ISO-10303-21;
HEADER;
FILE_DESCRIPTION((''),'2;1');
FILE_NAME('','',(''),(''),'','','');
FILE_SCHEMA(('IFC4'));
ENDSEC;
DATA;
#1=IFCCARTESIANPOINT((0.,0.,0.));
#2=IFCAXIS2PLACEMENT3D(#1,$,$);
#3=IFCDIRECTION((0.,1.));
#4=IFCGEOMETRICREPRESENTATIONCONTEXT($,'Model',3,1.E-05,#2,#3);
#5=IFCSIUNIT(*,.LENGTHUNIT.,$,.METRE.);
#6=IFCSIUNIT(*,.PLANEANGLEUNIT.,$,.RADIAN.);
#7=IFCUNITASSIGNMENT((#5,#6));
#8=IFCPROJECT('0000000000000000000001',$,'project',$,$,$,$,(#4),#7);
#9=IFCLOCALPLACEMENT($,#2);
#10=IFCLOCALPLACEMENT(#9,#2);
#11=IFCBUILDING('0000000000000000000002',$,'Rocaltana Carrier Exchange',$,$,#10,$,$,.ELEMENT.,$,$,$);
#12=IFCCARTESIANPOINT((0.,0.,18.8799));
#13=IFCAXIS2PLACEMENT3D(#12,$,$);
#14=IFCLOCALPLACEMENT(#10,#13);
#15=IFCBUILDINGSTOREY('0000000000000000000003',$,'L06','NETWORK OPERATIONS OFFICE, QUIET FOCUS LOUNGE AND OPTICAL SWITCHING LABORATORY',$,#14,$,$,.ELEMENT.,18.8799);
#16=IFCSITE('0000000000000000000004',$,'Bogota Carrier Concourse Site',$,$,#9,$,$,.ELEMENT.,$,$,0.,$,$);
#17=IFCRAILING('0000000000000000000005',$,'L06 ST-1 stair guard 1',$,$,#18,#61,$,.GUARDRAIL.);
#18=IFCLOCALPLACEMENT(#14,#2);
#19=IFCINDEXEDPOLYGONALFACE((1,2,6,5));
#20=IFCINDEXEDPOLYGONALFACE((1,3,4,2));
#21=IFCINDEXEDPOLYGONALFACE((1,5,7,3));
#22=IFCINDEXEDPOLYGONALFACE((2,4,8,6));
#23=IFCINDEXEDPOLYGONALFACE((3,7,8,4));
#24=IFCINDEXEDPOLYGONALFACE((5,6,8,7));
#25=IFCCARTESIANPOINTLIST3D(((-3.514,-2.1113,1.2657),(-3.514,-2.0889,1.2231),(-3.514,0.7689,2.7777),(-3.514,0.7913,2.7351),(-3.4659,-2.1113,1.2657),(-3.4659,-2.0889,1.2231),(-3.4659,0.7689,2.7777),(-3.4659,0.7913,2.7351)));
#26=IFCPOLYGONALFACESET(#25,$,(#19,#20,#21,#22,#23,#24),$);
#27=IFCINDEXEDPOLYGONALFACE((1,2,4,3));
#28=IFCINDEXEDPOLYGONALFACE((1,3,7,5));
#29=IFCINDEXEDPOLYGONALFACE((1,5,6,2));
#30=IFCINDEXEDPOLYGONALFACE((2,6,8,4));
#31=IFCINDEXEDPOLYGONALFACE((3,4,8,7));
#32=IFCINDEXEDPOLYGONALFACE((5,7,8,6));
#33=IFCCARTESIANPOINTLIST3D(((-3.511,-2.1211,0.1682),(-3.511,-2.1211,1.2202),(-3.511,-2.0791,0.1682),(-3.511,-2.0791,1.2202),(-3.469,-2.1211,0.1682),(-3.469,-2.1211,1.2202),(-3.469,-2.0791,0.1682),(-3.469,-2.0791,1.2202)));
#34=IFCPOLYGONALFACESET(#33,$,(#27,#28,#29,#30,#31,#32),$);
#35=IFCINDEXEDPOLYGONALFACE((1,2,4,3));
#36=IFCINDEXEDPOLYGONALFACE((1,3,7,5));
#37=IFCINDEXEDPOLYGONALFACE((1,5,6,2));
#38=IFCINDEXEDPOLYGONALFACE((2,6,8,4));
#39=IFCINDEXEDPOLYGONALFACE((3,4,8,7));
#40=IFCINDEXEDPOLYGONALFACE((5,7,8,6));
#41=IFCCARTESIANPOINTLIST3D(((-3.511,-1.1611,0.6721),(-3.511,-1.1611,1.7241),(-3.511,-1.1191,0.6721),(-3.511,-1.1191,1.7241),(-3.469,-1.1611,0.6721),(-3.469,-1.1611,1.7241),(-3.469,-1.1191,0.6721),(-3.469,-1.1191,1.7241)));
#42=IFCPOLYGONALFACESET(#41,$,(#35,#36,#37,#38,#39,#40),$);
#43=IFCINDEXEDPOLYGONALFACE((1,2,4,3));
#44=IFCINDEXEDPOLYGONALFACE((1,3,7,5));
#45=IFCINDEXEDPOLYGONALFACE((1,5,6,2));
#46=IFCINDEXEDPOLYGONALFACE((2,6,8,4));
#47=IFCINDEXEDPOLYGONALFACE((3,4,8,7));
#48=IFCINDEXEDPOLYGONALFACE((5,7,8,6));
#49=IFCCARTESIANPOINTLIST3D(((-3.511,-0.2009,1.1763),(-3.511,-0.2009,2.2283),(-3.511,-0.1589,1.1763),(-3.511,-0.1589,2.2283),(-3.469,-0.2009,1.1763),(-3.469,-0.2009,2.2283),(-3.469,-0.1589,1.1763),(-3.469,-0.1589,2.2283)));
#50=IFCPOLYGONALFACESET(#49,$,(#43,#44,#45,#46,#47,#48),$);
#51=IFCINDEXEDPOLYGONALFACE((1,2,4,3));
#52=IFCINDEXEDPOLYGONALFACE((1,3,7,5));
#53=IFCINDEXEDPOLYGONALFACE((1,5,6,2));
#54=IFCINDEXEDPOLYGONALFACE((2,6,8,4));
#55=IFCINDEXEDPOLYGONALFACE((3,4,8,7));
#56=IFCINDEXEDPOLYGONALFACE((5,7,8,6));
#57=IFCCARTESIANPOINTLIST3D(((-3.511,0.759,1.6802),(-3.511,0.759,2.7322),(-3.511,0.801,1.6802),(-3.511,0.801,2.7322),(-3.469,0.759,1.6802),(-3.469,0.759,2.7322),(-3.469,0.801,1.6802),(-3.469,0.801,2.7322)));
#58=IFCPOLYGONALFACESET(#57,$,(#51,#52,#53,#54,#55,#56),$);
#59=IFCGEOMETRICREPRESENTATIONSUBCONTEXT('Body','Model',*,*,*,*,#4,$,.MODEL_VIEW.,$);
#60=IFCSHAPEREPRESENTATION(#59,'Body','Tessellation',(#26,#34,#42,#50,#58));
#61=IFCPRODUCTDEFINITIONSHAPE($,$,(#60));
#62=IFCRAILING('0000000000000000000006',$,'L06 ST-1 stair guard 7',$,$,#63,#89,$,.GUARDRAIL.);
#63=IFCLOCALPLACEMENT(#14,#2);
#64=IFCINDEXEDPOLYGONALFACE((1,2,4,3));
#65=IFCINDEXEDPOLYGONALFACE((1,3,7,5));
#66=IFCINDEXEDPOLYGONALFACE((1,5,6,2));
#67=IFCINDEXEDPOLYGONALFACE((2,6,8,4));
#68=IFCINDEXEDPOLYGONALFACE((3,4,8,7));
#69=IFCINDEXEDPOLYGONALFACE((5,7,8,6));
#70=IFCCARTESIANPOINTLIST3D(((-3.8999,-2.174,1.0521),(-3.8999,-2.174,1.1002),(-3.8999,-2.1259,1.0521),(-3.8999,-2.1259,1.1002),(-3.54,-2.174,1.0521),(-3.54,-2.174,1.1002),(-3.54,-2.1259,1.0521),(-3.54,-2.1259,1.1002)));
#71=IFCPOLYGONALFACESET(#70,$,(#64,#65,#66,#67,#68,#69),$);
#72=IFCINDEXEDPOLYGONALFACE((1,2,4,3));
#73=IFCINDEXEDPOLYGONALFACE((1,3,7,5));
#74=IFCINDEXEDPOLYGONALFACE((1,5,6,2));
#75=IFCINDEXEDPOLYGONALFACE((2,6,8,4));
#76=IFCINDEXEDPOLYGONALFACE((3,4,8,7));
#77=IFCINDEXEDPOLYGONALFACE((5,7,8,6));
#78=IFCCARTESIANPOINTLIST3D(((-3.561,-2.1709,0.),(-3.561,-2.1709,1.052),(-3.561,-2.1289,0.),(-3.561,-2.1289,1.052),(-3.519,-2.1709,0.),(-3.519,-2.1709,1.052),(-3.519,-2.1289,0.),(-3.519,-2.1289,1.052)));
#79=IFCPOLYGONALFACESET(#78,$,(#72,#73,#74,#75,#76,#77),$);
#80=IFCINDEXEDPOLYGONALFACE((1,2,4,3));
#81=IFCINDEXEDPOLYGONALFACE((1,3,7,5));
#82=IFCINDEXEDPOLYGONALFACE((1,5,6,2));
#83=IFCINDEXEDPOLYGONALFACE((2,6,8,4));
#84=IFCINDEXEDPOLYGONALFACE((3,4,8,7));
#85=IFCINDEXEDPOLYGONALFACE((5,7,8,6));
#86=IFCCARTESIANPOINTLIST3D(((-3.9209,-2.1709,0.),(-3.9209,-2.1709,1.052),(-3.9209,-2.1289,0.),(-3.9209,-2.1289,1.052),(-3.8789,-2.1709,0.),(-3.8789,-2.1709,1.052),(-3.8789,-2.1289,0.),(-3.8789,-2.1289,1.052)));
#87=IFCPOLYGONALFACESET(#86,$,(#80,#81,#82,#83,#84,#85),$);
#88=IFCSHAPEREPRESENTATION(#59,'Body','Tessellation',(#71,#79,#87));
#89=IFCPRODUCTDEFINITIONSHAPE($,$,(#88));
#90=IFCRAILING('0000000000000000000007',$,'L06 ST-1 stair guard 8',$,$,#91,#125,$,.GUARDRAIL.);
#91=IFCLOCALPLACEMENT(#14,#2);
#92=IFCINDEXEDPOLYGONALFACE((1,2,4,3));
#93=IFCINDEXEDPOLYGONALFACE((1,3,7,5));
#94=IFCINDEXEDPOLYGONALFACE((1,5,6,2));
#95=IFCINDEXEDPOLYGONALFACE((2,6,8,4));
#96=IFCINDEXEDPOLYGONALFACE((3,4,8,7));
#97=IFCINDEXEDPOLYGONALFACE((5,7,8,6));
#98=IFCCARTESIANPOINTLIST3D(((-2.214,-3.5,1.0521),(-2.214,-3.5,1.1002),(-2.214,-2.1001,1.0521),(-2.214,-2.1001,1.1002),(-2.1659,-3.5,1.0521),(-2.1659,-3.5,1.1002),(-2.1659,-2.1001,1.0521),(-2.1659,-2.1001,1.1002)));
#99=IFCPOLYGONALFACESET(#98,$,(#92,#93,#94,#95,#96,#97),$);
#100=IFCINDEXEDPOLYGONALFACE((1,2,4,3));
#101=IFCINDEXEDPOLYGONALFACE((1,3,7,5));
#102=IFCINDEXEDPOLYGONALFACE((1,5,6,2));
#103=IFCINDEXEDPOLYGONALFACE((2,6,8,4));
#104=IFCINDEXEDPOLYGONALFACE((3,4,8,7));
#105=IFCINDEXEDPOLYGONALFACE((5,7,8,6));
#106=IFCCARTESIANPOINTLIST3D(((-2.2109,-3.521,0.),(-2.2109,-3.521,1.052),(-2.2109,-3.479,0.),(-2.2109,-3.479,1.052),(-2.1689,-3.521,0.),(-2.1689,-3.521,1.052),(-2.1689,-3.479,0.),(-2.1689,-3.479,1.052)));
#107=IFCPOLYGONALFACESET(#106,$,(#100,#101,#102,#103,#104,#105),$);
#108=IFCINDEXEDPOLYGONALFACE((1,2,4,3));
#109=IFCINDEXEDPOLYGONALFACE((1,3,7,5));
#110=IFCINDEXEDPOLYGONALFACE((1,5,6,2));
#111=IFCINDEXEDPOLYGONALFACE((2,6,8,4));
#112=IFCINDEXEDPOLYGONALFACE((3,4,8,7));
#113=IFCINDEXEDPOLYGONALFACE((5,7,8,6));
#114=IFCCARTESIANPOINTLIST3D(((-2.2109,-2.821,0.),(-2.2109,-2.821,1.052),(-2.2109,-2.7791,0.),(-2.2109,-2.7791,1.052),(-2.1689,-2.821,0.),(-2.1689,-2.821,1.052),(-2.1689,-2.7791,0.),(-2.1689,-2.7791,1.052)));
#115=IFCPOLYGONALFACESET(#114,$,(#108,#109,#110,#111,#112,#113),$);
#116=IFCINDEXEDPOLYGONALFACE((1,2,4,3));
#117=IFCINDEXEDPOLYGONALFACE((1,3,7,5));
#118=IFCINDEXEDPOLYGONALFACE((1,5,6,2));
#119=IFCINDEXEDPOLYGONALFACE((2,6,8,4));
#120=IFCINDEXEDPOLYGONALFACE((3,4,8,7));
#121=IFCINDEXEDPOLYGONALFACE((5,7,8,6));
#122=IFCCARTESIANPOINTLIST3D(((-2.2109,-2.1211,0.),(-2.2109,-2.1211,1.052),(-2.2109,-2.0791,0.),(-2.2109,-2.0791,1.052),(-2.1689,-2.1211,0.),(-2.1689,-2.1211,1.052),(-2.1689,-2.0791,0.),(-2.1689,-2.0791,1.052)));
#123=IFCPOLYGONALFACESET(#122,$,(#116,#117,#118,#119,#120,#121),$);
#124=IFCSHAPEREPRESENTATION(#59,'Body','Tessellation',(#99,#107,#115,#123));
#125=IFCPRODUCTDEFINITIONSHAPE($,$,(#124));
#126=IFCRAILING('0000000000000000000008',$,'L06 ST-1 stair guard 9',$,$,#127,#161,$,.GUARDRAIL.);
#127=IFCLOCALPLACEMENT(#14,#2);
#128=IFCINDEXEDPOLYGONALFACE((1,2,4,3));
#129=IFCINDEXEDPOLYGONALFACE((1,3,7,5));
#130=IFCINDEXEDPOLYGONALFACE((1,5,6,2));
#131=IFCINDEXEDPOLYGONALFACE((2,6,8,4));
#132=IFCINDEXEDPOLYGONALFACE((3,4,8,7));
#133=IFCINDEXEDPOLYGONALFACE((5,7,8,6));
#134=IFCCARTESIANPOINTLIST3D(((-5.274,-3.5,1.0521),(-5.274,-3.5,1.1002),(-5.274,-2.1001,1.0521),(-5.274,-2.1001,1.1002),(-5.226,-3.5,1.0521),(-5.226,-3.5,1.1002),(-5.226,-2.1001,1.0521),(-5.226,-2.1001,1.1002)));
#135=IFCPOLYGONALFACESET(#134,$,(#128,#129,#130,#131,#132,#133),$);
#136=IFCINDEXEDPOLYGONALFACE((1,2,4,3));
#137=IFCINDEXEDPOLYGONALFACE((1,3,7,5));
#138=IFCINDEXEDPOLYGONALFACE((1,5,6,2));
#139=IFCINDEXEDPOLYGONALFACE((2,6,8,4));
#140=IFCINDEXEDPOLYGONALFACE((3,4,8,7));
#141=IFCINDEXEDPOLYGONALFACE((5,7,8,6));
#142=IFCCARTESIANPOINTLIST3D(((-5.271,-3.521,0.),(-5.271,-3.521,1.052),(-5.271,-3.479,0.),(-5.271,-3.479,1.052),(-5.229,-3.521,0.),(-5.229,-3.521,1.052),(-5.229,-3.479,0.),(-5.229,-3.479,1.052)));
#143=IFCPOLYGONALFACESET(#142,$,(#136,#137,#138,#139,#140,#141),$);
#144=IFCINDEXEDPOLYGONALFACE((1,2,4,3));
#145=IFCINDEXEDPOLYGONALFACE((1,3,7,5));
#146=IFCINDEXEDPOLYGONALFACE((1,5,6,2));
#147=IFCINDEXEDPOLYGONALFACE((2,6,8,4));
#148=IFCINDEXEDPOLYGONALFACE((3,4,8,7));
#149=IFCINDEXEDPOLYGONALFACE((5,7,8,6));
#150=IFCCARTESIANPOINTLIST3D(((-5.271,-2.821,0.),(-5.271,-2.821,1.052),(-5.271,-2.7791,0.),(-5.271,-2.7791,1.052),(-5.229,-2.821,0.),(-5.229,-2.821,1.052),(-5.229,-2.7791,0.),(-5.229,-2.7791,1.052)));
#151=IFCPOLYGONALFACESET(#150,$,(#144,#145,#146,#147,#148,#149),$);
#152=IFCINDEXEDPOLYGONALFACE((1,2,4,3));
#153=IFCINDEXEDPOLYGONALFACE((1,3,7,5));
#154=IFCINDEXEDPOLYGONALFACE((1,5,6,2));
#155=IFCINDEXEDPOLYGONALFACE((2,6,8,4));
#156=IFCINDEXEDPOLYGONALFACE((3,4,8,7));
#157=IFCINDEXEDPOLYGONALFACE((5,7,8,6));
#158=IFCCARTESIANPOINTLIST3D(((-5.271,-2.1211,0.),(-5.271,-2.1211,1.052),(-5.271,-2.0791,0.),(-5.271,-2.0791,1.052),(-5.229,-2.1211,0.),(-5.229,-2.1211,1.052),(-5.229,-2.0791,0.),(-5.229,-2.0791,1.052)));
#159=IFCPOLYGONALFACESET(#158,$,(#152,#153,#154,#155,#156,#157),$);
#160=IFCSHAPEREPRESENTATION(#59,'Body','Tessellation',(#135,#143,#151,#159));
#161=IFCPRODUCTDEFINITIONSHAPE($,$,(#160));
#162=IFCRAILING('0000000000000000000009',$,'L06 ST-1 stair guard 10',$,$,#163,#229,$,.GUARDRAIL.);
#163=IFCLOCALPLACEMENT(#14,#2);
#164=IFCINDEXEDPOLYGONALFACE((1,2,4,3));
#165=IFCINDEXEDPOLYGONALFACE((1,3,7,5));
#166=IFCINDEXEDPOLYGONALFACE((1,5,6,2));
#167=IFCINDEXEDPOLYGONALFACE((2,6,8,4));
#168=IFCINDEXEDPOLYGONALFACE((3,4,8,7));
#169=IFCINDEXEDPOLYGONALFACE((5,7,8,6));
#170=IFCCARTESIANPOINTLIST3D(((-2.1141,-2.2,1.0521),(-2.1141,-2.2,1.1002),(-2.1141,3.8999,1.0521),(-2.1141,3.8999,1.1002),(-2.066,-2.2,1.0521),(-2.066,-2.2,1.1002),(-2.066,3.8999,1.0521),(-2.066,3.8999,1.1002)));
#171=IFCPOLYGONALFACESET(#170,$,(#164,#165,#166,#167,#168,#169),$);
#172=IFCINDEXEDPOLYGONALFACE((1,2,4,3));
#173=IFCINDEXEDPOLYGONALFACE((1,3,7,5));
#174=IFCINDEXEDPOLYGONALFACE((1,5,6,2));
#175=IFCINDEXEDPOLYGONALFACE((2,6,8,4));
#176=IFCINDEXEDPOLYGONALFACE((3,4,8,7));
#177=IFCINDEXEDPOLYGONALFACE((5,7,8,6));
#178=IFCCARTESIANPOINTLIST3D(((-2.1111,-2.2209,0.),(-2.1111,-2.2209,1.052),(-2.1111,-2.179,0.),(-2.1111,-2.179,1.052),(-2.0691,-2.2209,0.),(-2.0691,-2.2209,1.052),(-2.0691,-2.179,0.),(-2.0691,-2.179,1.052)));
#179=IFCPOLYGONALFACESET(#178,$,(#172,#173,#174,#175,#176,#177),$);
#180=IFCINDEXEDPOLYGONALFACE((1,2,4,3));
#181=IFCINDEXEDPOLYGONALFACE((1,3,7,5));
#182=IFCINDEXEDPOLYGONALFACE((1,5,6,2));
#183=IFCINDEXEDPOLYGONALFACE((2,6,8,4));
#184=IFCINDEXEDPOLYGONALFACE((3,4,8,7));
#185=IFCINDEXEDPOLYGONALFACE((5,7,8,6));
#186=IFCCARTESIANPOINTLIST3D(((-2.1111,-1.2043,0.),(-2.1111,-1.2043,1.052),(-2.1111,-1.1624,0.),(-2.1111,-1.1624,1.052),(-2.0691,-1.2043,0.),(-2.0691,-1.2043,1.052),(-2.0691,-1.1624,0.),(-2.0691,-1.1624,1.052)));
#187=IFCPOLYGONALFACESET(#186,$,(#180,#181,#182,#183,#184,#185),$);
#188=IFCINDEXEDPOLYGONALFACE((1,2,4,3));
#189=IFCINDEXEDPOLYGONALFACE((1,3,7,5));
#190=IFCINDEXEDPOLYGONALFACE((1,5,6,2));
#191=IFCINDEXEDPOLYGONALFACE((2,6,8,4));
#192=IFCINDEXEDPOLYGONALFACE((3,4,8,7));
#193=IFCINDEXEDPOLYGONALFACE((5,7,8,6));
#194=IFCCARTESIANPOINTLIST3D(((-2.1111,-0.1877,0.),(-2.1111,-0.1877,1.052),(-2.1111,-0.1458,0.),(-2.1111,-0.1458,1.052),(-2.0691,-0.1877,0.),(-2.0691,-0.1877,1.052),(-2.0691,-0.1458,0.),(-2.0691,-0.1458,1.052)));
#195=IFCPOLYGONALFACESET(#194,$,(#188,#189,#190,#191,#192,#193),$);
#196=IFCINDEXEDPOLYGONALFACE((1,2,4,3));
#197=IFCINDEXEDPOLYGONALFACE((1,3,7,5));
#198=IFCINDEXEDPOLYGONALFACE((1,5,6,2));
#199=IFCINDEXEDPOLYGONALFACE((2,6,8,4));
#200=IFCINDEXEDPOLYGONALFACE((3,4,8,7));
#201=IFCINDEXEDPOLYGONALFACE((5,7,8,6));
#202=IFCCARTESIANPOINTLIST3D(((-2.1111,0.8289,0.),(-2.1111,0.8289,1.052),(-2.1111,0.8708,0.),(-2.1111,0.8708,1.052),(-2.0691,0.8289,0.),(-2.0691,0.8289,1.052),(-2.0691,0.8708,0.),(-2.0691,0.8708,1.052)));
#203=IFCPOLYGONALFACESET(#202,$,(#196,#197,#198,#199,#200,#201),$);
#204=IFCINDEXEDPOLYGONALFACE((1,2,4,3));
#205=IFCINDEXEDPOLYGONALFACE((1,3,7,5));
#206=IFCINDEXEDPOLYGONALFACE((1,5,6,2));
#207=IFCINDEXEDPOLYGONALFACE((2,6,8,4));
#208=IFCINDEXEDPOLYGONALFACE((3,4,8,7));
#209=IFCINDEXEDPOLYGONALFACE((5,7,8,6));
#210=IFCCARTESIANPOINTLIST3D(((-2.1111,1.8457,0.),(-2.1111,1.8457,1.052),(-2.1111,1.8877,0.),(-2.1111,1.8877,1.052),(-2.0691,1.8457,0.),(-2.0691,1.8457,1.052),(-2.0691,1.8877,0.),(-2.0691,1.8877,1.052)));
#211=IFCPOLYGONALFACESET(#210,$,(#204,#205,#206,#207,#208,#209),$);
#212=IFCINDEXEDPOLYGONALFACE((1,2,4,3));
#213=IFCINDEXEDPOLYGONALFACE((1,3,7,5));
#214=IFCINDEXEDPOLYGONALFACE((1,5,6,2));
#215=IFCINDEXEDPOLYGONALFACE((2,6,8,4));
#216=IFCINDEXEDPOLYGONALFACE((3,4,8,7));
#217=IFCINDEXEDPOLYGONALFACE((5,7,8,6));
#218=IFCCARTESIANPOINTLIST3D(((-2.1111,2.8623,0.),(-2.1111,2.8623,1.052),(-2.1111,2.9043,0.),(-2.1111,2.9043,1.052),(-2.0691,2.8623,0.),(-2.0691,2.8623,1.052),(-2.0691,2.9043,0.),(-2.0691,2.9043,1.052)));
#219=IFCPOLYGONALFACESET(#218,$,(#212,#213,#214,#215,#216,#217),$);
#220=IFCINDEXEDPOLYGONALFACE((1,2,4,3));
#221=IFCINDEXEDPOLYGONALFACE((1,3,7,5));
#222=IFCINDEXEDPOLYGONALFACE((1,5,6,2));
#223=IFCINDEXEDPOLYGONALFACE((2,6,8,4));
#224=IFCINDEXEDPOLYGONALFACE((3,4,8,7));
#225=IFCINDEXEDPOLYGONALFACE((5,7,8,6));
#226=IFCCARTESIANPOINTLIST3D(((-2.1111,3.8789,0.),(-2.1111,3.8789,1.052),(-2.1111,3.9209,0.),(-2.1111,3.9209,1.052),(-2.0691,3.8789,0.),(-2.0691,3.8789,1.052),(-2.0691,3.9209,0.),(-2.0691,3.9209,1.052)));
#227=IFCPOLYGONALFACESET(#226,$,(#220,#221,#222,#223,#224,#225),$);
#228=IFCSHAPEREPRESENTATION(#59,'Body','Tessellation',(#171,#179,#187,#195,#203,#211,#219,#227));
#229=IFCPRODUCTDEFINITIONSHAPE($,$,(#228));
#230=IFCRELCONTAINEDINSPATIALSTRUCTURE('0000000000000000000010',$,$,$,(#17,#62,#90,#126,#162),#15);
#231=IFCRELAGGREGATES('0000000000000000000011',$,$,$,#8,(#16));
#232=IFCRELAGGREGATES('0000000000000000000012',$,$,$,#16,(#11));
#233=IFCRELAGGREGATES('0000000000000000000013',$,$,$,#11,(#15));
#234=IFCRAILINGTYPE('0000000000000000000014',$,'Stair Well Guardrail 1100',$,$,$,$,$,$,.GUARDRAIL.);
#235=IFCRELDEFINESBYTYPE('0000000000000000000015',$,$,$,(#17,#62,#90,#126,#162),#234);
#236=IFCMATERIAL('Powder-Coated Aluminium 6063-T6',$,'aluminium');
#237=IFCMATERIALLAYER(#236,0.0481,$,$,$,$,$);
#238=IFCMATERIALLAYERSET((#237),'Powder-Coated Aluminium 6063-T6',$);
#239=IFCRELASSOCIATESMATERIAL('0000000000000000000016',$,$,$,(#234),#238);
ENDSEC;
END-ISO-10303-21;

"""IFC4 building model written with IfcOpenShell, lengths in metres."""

from ifc_helpers import new_model, si_unit, direction, frame, origin, origin_2d, place, context, subcontext, project, spatial, rectangle, extrude, material, layer, layer_set, type_object, element, save


model = new_model("IFC4")

# Units and contexts
model_context = context("Model", 3, precision=1e-05, world=origin(), true_north=direction((0.0, 1.0)))
body_context = subcontext(model_context, "Body", "Model", "MODEL_VIEW")
ifc_project = project(units=[si_unit("LENGTHUNIT", "METRE"), si_unit("PLANEANGLEUNIT", "RADIAN")], contexts=[model_context])

# Site, building, storey
site_placement = place(None, origin())
site = spatial("IfcSite", under=ifc_project, at=site_placement, Name="Bogota Carrier Concourse Site", CompositionType="ELEMENT", RefElevation=0.0)
building_placement = place(site_placement, origin())
building = spatial("IfcBuilding", under=site, at=building_placement, Name="Rocaltana Carrier Exchange", CompositionType="ELEMENT")
storey_placement = place(building_placement, frame((0.0, 0.0, 18.8799)))
storey = spatial("IfcBuildingStorey", under=building, at=storey_placement, Name="L06", Description="NETWORK OPERATIONS OFFICE, QUIET FOCUS LOUNGE AND OPTICAL SWITCHING LABORATORY", CompositionType="ELEMENT", Elevation=18.8799)

# Railings
ifc_material_1 = material(Name="Powder-Coated Aluminium 6063-T6", Category="aluminium")
ifc_layer_1 = layer(ifc_material_1, 0.0481)
ifc_layer_set_1 = layer_set([ifc_layer_1], Name="Powder-Coated Aluminium 6063-T6")
railing_type_1 = type_object("IfcRailingType", Name="Stair Well Guardrail 1100", PredefinedType="GUARDRAIL", material=ifc_layer_set_1)
railing_1_placement = place(storey_placement, frame((-3.49, -2.1001, 0.1682)))
element("IfcRailing", 1, at=railing_1_placement, inside=storey, type_object=railing_type_1, Name="L06 ST-1 stair guard 1", PredefinedType="GUARDRAIL", context=body_context, shape_type="SweptSolid", body=[
    extrude(rectangle(XDim=0.0481, YDim=0.0481, at=origin_2d()), frame((0.0, 0.0, 1.0762), z_axis=(0.0, 0.885411, 0.464809), x_axis=(-1.0, 0.0, 0.0)), (0.0, 0.0, 1.0), 3.2529),
    extrude(rectangle(XDim=0.042, YDim=0.042, at=origin_2d()), origin(), (0.0, 0.0, 1.0), 1.052),
    extrude(rectangle(XDim=0.042, YDim=0.042, at=origin_2d()), frame((0.0, 0.96, 0.5039)), (0.0, 0.0, 1.0), 1.052),
    extrude(rectangle(XDim=0.042, YDim=0.042, at=origin_2d()), frame((0.0, 1.9202, 1.0081)), (0.0, 0.0, 1.0), 1.052),
    extrude(rectangle(XDim=0.042, YDim=0.042, at=origin_2d()), frame((0.0, 2.8801, 1.512)), (0.0, 0.0, 1.0), 1.052),
])
railing_2_placement = place(storey_placement, frame((-3.54, -2.1499, 0.0)))
element("IfcRailing", 2, at=railing_2_placement, inside=storey, type_object=railing_type_1, Name="L06 ST-1 stair guard 7", PredefinedType="GUARDRAIL", context=body_context, shape_type="SweptSolid", body=[
    extrude(rectangle(XDim=0.0481, YDim=0.0481, at=origin_2d()), frame((0.0, 0.0, 1.0762), z_axis=(-1.0, 0.0, 0.0), x_axis=(0.0, -1.0, 0.0)), (0.0, 0.0, 1.0), 0.3599),
    extrude(rectangle(XDim=0.042, YDim=0.042, at=origin_2d()), origin(), (0.0, 0.0, 1.0), 1.052),
    extrude(rectangle(XDim=0.042, YDim=0.042, at=origin_2d()), frame((-0.3599, 0.0, 0.0)), (0.0, 0.0, 1.0), 1.052),
])
for number, where, name in (
    (3, (-2.1899, -3.5, 0.0), "L06 ST-1 stair guard 8"),
    (4, (-5.25, -3.5, 0.0), "L06 ST-1 stair guard 9"),
):
    element("IfcRailing", number, at=place(storey_placement, frame(where)), inside=storey, type_object=railing_type_1, Name=name, PredefinedType="GUARDRAIL", context=body_context, shape_type="SweptSolid", body=[
        extrude(rectangle(XDim=0.0481, YDim=0.0481, at=origin_2d()), frame((0.0, 0.0, 1.0762), z_axis=(0.0, 1.0, 0.0), x_axis=(-1.0, 0.0, 0.0)), (0.0, 0.0, 1.0), 1.3999),
        extrude(rectangle(XDim=0.042, YDim=0.042, at=origin_2d()), origin(), (0.0, 0.0, 1.0), 1.052),
        extrude(rectangle(XDim=0.042, YDim=0.042, at=origin_2d()), frame((0.0, 0.7, 0.0)), (0.0, 0.0, 1.0), 1.052),
        extrude(rectangle(XDim=0.042, YDim=0.042, at=origin_2d()), frame((0.0, 1.3999, 0.0)), (0.0, 0.0, 1.0), 1.052),
    ])
for number, where, name in (
    (5, (-2.0901, -2.2, 0.0), "L06 ST-1 stair guard 10"),
):
    element("IfcRailing", number, at=place(storey_placement, frame(where)), inside=storey, type_object=railing_type_1, Name=name, PredefinedType="GUARDRAIL", context=body_context, shape_type="SweptSolid", body=[
        extrude(rectangle(XDim=0.0481, YDim=0.0481, at=origin_2d()), frame((0.0, 0.0, 1.0762), z_axis=(0.0, 1.0, 0.0), x_axis=(-1.0, 0.0, 0.0)), (0.0, 0.0, 1.0), 6.0999),
        extrude(rectangle(XDim=0.042, YDim=0.042, at=origin_2d()), origin(), (0.0, 0.0, 1.0), 1.052),
        extrude(rectangle(XDim=0.042, YDim=0.042, at=origin_2d()), frame((0.0, 1.0166, 0.0)), (0.0, 0.0, 1.0), 1.052),
        extrude(rectangle(XDim=0.042, YDim=0.042, at=origin_2d()), frame((0.0, 2.0332, 0.0)), (0.0, 0.0, 1.0), 1.052),
        extrude(rectangle(XDim=0.042, YDim=0.042, at=origin_2d()), frame((0.0, 3.0498, 0.0)), (0.0, 0.0, 1.0), 1.052),
        extrude(rectangle(XDim=0.042, YDim=0.042, at=origin_2d()), frame((0.0, 4.0667, 0.0)), (0.0, 0.0, 1.0), 1.052),
        extrude(rectangle(XDim=0.042, YDim=0.042, at=origin_2d()), frame((0.0, 5.0833, 0.0)), (0.0, 0.0, 1.0), 1.052),
        extrude(rectangle(XDim=0.042, YDim=0.042, at=origin_2d()), frame((0.0, 6.0999, 0.0)), (0.0, 0.0, 1.0), 1.052),
    ])

save(model, "model.ifc")
